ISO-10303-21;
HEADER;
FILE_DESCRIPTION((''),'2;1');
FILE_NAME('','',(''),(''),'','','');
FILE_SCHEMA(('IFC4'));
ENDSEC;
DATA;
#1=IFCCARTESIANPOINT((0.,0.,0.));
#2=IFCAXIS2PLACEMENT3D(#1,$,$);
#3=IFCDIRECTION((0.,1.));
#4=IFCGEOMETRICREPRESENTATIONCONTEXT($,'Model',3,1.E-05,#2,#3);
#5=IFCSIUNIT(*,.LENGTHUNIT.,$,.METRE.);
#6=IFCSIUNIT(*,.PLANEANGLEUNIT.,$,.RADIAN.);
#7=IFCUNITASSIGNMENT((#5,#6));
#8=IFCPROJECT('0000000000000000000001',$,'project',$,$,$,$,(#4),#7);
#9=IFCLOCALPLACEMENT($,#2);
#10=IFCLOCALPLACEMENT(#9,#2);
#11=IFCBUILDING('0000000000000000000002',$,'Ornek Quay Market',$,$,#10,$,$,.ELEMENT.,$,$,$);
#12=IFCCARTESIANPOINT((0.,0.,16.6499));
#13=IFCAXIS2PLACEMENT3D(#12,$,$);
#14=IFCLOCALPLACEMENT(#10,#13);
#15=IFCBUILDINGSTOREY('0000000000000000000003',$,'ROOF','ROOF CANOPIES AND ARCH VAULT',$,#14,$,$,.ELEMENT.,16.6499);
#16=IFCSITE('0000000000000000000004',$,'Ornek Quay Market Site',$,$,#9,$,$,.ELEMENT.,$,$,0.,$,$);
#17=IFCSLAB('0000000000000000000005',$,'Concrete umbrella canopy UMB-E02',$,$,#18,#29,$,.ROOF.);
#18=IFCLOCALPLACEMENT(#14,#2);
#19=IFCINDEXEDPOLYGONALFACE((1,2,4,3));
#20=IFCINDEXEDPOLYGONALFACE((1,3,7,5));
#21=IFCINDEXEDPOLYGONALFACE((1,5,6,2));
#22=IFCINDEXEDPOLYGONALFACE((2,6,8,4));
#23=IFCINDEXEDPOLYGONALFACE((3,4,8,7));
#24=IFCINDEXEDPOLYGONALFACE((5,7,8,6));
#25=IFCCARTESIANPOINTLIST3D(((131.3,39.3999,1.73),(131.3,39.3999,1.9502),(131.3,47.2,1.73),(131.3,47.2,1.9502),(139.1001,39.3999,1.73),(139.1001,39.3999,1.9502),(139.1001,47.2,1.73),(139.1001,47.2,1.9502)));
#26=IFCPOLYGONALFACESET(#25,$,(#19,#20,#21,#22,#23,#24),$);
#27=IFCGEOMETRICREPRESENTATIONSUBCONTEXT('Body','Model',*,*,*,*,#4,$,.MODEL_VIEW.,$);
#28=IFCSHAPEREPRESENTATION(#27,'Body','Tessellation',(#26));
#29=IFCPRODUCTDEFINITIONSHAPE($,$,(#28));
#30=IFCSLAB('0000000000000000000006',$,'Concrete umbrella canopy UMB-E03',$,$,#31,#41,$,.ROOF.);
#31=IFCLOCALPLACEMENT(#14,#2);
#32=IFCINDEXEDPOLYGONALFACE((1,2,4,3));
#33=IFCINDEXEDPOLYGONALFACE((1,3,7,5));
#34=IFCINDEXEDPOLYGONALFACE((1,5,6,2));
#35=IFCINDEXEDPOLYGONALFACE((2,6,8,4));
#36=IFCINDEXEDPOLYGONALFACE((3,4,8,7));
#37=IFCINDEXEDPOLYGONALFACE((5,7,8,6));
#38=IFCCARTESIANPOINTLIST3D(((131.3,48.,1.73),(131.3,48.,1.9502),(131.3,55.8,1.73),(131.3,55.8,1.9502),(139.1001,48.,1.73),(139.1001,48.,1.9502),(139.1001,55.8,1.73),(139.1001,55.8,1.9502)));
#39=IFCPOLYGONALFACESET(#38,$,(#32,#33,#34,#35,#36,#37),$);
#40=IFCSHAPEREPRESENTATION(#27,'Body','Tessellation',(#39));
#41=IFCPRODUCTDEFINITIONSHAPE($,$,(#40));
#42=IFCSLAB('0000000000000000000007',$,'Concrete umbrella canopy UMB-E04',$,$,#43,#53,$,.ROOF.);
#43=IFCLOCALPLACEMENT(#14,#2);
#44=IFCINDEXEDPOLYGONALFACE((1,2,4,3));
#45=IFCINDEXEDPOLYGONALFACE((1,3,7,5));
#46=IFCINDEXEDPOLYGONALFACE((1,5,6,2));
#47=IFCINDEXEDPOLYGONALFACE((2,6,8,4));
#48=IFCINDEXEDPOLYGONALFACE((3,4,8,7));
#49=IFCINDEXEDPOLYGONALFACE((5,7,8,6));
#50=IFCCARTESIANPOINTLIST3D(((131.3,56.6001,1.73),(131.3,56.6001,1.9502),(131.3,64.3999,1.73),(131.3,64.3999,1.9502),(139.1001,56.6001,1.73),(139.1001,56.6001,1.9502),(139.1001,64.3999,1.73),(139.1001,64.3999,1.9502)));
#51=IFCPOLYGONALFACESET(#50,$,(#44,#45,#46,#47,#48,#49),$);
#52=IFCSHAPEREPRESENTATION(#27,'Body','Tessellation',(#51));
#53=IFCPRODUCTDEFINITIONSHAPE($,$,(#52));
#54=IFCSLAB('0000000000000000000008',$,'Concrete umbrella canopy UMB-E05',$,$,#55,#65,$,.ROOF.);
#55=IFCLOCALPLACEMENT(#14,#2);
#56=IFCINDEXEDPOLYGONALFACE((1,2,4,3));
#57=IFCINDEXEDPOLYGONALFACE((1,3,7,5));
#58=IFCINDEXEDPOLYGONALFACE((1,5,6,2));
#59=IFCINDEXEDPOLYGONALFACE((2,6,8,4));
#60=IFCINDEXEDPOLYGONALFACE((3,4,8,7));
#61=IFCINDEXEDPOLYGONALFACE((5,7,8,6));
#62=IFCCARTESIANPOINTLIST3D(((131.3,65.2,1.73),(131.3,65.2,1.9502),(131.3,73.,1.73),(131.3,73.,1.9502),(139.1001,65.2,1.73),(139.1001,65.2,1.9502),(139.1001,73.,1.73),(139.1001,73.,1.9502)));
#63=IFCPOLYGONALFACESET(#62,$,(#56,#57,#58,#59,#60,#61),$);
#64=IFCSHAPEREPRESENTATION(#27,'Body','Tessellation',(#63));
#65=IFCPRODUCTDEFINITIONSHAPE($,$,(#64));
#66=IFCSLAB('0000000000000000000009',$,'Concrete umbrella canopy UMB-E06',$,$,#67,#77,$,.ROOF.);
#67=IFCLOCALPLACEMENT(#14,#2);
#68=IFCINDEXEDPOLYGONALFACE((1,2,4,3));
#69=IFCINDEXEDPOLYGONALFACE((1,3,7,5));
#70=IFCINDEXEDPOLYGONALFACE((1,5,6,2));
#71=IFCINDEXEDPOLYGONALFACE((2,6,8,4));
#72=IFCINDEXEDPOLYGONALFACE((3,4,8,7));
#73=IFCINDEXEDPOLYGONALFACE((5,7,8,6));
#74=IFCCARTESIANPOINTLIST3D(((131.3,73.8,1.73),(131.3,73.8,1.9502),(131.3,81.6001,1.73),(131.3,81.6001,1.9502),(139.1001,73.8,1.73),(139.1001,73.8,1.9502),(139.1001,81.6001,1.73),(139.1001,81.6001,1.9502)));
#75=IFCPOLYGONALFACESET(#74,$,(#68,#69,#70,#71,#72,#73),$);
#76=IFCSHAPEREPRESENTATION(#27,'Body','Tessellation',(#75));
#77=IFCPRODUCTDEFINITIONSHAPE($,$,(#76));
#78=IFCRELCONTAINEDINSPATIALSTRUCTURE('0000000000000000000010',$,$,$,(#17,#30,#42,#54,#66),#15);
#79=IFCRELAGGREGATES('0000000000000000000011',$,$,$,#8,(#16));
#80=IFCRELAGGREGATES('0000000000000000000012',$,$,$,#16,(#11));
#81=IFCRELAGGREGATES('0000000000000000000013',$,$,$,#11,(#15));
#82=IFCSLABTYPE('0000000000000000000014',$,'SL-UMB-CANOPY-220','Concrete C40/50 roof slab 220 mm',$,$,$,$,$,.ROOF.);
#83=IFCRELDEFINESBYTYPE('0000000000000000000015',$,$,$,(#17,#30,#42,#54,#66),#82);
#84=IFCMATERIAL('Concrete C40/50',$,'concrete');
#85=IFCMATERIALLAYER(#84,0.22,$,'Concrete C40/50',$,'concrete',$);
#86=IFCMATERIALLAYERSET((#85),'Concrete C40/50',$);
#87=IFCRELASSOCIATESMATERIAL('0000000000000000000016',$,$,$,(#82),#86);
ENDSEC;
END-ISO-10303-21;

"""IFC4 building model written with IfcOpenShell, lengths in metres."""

from ifc_helpers import new_model, si_unit, direction, frame, origin, place, context, subcontext, project, spatial, polyline, outline, extrude, material, layer, layer_set, type_object, element, save


model = new_model("IFC4")

# Units and contexts
model_context = context("Model", 3, precision=1e-05, world=origin(), true_north=direction((0.0, 1.0)))
body_context = subcontext(model_context, "Body", "Model", "MODEL_VIEW")
ifc_project = project(units=[si_unit("LENGTHUNIT", "METRE"), si_unit("PLANEANGLEUNIT", "RADIAN")], contexts=[model_context])

# Site, building, storey
site_placement = place(None, origin())
site = spatial("IfcSite", under=ifc_project, at=site_placement, Name="Ornek Quay Market Site", CompositionType="ELEMENT", RefElevation=0.0)
building_placement = place(site_placement, origin())
building = spatial("IfcBuilding", under=site, at=building_placement, Name="Ornek Quay Market", CompositionType="ELEMENT")
storey_placement = place(building_placement, frame((0.0, 0.0, 16.6499)))
storey = spatial("IfcBuildingStorey", under=building, at=storey_placement, Name="ROOF", Description="ROOF CANOPIES AND ARCH VAULT", CompositionType="ELEMENT", Elevation=16.6499)

# Slabs
ifc_material = material(Name="Concrete C40/50", Category="concrete")
ifc_layer = layer(ifc_material, 0.22, Name="Concrete C40/50", Category="concrete")
ifc_layer_set = layer_set([ifc_layer], Name="Concrete C40/50")
slab_type = type_object("IfcSlabType", Name="SL-UMB-CANOPY-220", Description="Concrete C40/50 roof slab 220 mm", PredefinedType="ROOF", material=ifc_layer_set)
slab_1_placement = place(storey_placement, frame((0.0, 0.0, 1.73)))
element("IfcSlab", 1, at=slab_1_placement, inside=storey, type_object=slab_type, Name="Concrete umbrella canopy UMB-E02", PredefinedType="ROOF", context=body_context, shape_type="SweptSolid", body=[
    extrude(outline(polyline([(131.3, 39.3999), (139.1001, 39.3999), (139.1001, 47.2), (131.3, 47.2), (131.3, 39.3999)])), origin(), (0.0, 0.0, 1.0), 0.2202),
])
slab_2_placement = place(storey_placement, frame((0.0, 0.0, 1.73)))
element("IfcSlab", 2, at=slab_2_placement, inside=storey, type_object=slab_type, Name="Concrete umbrella canopy UMB-E03", PredefinedType="ROOF", context=body_context, shape_type="SweptSolid", body=[
    extrude(outline(polyline([(131.3, 48.0), (139.1001, 48.0), (139.1001, 55.8), (131.3, 55.8), (131.3, 48.0)])), origin(), (0.0, 0.0, 1.0), 0.2202),
])
slab_3_placement = place(storey_placement, frame((0.0, 0.0, 1.73)))
element("IfcSlab", 3, at=slab_3_placement, inside=storey, type_object=slab_type, Name="Concrete umbrella canopy UMB-E04", PredefinedType="ROOF", context=body_context, shape_type="SweptSolid", body=[
    extrude(outline(polyline([(131.3, 56.6001), (139.1001, 56.6001), (139.1001, 64.3999), (131.3, 64.3999), (131.3, 56.6001)])), origin(), (0.0, 0.0, 1.0), 0.2202),
])
slab_4_placement = place(storey_placement, frame((0.0, 0.0, 1.73)))
element("IfcSlab", 4, at=slab_4_placement, inside=storey, type_object=slab_type, Name="Concrete umbrella canopy UMB-E05", PredefinedType="ROOF", context=body_context, shape_type="SweptSolid", body=[
    extrude(outline(polyline([(131.3, 65.2), (139.1001, 65.2), (139.1001, 73.0), (131.3, 73.0), (131.3, 65.2)])), origin(), (0.0, 0.0, 1.0), 0.2202),
])
slab_5_placement = place(storey_placement, frame((0.0, 0.0, 1.73)))
element("IfcSlab", 5, at=slab_5_placement, inside=storey, type_object=slab_type, Name="Concrete umbrella canopy UMB-E06", PredefinedType="ROOF", context=body_context, shape_type="SweptSolid", body=[
    extrude(outline(polyline([(131.3, 73.8), (139.1001, 73.8), (139.1001, 81.6001), (131.3, 81.6001), (131.3, 73.8)])), origin(), (0.0, 0.0, 1.0), 0.2202),
])

save(model, "model.ifc")
